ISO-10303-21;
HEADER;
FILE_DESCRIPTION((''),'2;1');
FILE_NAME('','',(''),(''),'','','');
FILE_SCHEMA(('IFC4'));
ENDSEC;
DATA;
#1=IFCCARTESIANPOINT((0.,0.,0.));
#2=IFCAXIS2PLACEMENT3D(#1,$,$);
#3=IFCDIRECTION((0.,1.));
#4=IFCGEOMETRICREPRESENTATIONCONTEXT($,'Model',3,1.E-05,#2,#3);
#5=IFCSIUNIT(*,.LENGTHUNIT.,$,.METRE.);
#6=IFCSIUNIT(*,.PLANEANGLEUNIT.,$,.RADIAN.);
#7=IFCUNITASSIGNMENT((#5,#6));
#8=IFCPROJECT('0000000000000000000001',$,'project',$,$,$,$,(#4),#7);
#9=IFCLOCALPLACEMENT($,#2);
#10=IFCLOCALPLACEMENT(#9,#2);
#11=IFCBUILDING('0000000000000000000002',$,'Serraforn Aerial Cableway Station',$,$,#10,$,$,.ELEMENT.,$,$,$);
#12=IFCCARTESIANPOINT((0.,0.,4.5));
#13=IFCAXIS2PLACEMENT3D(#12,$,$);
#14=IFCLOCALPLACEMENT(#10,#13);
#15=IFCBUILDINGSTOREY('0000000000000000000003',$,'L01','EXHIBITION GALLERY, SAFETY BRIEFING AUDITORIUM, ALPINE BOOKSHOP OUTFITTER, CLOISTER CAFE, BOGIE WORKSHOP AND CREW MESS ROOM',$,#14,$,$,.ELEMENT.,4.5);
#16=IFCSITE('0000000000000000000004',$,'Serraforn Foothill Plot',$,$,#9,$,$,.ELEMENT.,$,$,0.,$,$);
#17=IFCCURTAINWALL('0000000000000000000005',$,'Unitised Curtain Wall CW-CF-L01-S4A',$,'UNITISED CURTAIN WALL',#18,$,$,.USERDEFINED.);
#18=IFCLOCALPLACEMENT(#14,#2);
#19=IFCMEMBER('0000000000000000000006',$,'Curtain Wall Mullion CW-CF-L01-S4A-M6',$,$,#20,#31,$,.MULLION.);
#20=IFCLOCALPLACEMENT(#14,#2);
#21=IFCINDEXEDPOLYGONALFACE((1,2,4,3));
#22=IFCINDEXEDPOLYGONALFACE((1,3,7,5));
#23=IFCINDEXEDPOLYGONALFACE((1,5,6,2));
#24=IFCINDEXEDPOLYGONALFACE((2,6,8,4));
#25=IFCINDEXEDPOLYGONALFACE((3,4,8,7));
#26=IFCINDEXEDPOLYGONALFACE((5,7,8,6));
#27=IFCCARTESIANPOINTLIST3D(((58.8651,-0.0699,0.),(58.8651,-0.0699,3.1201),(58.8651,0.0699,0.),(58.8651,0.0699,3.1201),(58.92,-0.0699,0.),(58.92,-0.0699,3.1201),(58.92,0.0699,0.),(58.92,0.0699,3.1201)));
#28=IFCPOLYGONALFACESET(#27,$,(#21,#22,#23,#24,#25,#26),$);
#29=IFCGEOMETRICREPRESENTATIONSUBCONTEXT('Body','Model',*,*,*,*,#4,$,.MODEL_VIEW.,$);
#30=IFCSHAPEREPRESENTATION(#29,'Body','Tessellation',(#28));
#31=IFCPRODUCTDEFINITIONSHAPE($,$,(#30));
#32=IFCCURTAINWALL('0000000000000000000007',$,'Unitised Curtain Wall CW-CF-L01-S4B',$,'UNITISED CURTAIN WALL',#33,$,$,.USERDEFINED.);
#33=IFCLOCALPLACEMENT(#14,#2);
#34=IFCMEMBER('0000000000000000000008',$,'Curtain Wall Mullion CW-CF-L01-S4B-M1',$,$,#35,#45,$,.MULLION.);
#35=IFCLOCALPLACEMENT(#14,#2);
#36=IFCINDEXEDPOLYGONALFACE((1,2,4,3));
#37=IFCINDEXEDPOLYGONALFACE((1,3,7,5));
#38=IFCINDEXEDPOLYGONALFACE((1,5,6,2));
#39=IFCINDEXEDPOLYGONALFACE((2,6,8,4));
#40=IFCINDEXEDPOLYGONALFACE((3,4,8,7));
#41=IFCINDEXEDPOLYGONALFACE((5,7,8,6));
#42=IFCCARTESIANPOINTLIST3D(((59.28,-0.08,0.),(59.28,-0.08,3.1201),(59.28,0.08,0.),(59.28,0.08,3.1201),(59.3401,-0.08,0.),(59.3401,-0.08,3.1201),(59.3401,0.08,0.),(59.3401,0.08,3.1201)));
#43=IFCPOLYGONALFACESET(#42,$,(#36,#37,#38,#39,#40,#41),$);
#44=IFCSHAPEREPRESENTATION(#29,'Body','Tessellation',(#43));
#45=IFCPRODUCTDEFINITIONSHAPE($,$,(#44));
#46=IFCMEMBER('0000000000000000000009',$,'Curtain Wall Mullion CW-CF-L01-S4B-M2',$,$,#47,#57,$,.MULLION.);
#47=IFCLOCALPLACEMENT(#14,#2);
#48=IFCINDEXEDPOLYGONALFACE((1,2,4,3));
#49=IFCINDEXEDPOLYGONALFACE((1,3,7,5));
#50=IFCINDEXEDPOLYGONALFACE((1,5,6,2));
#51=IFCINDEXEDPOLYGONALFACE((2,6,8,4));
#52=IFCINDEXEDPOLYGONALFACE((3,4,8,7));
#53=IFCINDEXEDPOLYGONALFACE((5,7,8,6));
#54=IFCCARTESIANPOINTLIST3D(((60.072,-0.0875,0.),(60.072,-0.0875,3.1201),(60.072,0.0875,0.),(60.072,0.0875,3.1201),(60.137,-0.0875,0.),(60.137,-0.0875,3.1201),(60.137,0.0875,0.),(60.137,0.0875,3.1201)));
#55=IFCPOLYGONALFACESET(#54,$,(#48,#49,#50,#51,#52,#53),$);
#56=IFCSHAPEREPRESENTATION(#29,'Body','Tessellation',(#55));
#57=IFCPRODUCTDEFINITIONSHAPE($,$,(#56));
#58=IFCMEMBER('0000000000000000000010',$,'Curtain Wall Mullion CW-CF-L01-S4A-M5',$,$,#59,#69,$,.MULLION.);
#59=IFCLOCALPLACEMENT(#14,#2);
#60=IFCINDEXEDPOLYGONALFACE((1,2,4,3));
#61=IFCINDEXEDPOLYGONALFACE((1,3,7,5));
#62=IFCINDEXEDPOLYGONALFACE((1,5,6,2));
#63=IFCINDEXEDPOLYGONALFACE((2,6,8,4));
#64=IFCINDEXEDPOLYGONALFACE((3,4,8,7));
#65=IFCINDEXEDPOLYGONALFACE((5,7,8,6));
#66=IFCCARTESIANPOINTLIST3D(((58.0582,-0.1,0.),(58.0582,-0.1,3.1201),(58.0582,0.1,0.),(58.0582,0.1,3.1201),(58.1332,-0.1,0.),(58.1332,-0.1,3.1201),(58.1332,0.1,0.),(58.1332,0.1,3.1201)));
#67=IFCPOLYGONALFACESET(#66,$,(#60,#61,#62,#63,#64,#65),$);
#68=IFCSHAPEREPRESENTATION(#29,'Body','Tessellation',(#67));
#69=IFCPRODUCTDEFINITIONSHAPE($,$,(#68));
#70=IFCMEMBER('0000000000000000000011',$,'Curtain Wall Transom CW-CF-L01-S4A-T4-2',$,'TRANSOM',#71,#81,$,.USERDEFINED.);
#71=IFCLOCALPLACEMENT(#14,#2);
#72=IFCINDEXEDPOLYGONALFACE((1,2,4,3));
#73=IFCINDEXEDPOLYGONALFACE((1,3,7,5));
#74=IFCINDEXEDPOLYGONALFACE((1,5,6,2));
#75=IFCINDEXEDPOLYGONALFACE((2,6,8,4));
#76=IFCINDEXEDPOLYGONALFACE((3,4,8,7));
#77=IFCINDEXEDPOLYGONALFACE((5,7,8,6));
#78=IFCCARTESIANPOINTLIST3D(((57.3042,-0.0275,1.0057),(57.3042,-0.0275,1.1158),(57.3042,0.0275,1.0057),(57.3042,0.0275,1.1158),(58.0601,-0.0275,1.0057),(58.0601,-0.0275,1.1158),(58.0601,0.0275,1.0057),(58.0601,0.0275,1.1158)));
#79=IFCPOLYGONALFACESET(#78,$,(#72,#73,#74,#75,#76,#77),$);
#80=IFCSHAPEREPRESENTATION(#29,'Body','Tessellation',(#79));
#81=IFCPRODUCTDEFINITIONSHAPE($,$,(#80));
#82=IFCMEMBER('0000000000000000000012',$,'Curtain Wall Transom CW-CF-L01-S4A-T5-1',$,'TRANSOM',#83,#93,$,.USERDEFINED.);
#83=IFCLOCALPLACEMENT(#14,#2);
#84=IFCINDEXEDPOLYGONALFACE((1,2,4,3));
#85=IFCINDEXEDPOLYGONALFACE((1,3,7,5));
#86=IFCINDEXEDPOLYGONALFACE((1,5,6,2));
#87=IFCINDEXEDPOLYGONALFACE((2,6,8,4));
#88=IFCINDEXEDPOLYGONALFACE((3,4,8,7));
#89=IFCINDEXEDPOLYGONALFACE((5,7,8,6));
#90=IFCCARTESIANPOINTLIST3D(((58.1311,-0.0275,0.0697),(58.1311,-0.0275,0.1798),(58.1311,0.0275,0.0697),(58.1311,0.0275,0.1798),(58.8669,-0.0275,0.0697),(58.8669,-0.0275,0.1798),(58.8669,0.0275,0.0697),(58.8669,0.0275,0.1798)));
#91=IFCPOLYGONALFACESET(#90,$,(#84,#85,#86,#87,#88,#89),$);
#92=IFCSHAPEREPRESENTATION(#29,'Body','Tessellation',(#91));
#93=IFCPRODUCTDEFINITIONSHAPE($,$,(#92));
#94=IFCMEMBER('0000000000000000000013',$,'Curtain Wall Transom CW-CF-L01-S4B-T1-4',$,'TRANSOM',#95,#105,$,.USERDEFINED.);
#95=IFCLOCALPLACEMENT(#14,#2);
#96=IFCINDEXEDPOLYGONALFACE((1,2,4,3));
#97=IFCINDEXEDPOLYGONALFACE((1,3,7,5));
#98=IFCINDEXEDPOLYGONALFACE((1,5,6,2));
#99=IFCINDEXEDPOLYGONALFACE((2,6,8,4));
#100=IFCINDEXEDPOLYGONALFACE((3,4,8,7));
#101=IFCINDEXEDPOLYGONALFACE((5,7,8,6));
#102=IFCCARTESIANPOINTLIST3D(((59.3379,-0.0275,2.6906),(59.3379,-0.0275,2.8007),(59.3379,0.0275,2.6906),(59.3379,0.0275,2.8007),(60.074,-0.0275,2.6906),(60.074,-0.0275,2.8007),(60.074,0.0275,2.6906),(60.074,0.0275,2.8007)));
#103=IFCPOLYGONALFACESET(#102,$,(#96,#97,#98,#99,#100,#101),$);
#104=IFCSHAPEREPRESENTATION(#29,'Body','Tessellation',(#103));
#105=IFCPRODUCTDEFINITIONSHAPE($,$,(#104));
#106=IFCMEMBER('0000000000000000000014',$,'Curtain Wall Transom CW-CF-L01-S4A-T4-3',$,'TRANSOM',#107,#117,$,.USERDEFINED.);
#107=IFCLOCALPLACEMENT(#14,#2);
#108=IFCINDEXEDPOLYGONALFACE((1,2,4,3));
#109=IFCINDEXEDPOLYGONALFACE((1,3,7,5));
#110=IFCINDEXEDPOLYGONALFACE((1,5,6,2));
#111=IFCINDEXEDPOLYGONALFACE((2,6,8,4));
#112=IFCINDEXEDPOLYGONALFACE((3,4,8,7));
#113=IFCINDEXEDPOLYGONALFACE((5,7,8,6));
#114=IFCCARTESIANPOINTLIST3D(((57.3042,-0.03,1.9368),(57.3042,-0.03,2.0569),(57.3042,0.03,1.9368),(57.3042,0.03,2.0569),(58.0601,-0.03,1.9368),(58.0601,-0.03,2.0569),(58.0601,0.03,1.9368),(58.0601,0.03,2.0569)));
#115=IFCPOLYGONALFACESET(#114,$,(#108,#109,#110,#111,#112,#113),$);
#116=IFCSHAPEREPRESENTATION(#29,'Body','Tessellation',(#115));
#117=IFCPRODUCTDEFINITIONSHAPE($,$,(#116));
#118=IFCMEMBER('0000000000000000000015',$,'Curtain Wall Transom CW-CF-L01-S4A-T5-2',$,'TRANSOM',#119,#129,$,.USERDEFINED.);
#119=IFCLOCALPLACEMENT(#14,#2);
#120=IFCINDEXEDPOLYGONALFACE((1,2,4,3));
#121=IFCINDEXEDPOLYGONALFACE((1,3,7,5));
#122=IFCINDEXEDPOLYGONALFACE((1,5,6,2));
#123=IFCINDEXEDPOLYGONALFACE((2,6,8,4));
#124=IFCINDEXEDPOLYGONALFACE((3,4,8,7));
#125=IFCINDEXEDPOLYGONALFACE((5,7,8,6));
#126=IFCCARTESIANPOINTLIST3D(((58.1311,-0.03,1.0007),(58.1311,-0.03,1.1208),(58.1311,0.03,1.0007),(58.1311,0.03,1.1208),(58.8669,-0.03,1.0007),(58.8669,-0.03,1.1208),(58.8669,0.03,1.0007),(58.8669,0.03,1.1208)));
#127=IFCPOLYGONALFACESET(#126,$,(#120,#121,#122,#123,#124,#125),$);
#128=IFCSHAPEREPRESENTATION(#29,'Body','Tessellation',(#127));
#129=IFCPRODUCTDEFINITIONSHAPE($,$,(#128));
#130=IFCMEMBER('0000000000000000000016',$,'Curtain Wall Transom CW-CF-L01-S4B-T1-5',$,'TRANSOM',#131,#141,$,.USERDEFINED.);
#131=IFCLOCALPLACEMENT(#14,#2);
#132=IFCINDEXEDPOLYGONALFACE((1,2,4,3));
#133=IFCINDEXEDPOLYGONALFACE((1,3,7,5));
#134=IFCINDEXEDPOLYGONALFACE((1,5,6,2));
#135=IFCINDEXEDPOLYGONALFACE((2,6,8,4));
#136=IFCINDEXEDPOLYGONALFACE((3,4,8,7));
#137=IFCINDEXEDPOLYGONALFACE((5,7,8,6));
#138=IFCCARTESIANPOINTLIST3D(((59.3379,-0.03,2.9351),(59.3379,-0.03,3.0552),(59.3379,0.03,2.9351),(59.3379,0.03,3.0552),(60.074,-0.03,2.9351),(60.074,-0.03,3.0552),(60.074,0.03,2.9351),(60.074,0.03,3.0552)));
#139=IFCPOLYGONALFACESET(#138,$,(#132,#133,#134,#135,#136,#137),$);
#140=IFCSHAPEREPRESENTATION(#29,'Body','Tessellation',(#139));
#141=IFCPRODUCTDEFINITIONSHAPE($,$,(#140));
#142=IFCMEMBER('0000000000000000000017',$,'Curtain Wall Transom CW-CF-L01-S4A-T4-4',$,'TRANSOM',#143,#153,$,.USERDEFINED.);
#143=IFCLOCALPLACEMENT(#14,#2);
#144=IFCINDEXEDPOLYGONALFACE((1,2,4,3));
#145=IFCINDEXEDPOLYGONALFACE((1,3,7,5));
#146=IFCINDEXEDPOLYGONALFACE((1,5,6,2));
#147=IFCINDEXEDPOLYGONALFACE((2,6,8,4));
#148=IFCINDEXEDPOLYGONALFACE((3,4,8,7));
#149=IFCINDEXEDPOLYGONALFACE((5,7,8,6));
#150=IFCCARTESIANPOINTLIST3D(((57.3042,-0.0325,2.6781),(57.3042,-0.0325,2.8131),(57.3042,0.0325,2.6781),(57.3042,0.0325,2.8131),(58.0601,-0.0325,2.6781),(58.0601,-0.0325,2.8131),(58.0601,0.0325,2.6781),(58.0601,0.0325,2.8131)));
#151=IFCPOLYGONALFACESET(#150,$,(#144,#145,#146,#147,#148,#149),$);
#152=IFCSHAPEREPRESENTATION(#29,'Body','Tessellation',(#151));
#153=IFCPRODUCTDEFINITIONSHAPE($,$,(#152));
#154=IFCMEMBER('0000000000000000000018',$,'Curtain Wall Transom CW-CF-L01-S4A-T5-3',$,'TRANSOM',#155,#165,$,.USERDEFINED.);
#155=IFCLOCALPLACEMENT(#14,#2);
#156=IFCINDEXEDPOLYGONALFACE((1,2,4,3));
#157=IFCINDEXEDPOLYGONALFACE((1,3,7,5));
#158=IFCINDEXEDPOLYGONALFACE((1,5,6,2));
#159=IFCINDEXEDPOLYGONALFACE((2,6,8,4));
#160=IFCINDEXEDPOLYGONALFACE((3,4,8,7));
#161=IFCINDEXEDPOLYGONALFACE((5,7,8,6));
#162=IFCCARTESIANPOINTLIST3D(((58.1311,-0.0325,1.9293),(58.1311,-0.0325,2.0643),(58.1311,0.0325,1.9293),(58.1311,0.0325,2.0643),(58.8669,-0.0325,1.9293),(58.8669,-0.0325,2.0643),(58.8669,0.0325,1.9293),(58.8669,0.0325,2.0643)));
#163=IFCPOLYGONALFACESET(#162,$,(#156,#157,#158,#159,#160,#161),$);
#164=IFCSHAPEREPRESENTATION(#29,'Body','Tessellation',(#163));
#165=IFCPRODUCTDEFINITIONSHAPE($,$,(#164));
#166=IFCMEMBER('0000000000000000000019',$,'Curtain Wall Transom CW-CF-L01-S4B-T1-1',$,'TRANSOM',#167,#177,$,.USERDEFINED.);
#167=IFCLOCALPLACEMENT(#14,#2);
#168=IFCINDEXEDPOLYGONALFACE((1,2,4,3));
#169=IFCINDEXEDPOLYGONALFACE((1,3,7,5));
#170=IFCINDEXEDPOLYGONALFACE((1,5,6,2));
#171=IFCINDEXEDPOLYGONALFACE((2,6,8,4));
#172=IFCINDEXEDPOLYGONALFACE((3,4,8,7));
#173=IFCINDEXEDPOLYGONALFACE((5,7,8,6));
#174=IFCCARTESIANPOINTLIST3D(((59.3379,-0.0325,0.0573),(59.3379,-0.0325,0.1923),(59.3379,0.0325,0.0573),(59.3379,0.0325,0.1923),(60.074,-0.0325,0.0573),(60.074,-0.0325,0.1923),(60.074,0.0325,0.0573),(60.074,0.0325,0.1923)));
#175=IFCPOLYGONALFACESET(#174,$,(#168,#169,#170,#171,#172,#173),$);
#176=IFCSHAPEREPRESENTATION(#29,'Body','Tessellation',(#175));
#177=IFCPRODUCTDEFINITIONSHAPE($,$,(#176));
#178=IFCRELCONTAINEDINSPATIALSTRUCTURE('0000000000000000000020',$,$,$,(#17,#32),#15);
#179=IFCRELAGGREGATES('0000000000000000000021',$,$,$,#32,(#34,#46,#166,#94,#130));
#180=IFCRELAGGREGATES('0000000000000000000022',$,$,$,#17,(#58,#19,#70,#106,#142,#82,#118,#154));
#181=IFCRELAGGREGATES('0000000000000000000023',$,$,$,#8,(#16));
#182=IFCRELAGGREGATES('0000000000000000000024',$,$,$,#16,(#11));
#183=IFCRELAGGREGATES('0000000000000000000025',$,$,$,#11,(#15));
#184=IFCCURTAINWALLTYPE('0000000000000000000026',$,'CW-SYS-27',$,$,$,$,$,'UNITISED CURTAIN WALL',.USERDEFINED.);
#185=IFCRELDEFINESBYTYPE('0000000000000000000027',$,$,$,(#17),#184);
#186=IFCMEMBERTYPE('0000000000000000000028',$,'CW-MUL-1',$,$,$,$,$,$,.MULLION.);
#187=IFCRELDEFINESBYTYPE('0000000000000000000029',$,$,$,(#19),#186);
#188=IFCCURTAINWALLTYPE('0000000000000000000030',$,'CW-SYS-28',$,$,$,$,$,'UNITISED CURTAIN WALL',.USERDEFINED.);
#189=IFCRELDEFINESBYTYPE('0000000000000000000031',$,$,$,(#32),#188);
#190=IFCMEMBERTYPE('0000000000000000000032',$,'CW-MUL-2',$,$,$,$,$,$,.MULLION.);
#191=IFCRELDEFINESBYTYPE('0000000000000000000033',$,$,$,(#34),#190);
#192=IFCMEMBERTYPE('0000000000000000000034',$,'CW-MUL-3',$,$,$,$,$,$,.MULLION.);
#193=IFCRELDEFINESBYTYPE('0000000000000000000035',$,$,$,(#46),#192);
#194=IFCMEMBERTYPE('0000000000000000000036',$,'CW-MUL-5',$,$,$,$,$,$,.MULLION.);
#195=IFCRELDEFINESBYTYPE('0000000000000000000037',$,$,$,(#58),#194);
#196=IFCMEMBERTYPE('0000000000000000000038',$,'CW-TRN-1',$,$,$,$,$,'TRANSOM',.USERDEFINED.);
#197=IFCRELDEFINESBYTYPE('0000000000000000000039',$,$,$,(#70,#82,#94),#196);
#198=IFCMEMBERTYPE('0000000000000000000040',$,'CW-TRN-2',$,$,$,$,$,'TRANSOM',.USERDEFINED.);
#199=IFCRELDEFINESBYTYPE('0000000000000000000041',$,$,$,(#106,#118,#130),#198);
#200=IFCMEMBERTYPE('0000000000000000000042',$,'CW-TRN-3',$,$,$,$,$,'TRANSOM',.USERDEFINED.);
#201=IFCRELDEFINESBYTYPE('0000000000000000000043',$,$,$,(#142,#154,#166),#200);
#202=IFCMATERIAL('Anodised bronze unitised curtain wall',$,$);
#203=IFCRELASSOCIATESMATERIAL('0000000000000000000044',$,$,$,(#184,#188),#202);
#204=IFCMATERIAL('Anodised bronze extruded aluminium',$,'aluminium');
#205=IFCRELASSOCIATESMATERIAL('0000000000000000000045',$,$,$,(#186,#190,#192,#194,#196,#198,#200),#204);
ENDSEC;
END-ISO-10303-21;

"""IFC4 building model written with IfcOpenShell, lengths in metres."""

from ifc_helpers import new_model, si_unit, direction, frame, origin, origin_2d, place, context, subcontext, project, spatial, rectangle, extrude, material, material_profile, profile_set, type_object, element, aggregate, save


model = new_model("IFC4")

# Units and contexts
model_context = context("Model", 3, precision=1e-05, world=origin(), true_north=direction((0.0, 1.0)))
body_context = subcontext(model_context, "Body", "Model", "MODEL_VIEW")
ifc_project = project(units=[si_unit("LENGTHUNIT", "METRE"), si_unit("PLANEANGLEUNIT", "RADIAN")], contexts=[model_context])

# Site, building, storey
site_placement = place(None, origin())
site = spatial("IfcSite", under=ifc_project, at=site_placement, Name="Serraforn Foothill Plot", CompositionType="ELEMENT", RefElevation=0.0)
building_placement = place(site_placement, origin())
building = spatial("IfcBuilding", under=site, at=building_placement, Name="Serraforn Aerial Cableway Station", CompositionType="ELEMENT")
storey_placement = place(building_placement, frame((0.0, 0.0, 4.5)))
storey = spatial("IfcBuildingStorey", under=building, at=storey_placement, Name="L01", Description="EXHIBITION GALLERY, SAFETY BRIEFING AUDITORIUM, ALPINE BOOKSHOP OUTFITTER, CLOISTER CAFE, BOGIE WORKSHOP AND CREW MESS ROOM", CompositionType="ELEMENT", Elevation=4.5)

# Curtain wall, member
ifc_material_1 = material(Name="Anodised bronze unitised curtain wall")
curtain_wall_type_1 = type_object("IfcCurtainWallType", Name="CW-SYS-27", ElementType="UNITISED CURTAIN WALL", PredefinedType="USERDEFINED", material=ifc_material_1)
curtain_wall_1_placement = place(storey_placement, origin())
curtain_wall_1 = element("IfcCurtainWall", 1, at=curtain_wall_1_placement, inside=storey, type_object=curtain_wall_type_1, Name="Unitised Curtain Wall CW-CF-L01-S4A", ObjectType="UNITISED CURTAIN WALL", PredefinedType="USERDEFINED")
ifc_material_2 = material(Name="Anodised bronze extruded aluminium", Category="aluminium")
ifc_material_profile_1 = material_profile(ifc_material_2, rectangle(XDim=0.0549, YDim=0.1399, at=origin_2d()), Name="CW MULLION 55x140")
ifc_profile_set_1 = profile_set([ifc_material_profile_1], Name="Anodised bronze extruded aluminium")
member_type_1 = type_object("IfcMemberType", Name="CW-MUL-1", PredefinedType="MULLION", material=ifc_profile_set_1)
member_1_placement = place(storey_placement, frame((58.8926, 0.0, 0.0), z_axis=(0.0, 0.0, 1.0), x_axis=(1.0, 0.0, 0.0)))
member_1 = element("IfcMember", 2, at=member_1_placement, type_object=member_type_1, Name="Curtain Wall Mullion CW-CF-L01-S4A-M6", PredefinedType="MULLION", context=body_context, shape_type="SweptSolid", body=[
    extrude(rectangle(XDim=0.0549, YDim=0.1399, at=origin_2d()), origin(), (0.0, 0.0, 1.0), 3.1201),
])

# Curtain wall, members
curtain_wall_type_2 = type_object("IfcCurtainWallType", Name="CW-SYS-28", ElementType="UNITISED CURTAIN WALL", PredefinedType="USERDEFINED", material=ifc_material_1)
curtain_wall_2_placement = place(storey_placement, origin())
curtain_wall_2 = element("IfcCurtainWall", 3, at=curtain_wall_2_placement, inside=storey, type_object=curtain_wall_type_2, Name="Unitised Curtain Wall CW-CF-L01-S4B", ObjectType="UNITISED CURTAIN WALL", PredefinedType="USERDEFINED")
ifc_material_profile_2 = material_profile(ifc_material_2, rectangle(XDim=0.0601, YDim=0.1599, at=origin_2d()), Name="CW MULLION 60x160")
ifc_profile_set_2 = profile_set([ifc_material_profile_2], Name="Anodised bronze extruded aluminium")
member_type_2 = type_object("IfcMemberType", Name="CW-MUL-2", PredefinedType="MULLION", material=ifc_profile_set_2)
member_2_placement = place(storey_placement, frame((59.3101, 0.0, 0.0), z_axis=(0.0, 0.0, 1.0), x_axis=(1.0, 0.0, 0.0)))
member_2 = element("IfcMember", 4, at=member_2_placement, type_object=member_type_2, Name="Curtain Wall Mullion CW-CF-L01-S4B-M1", PredefinedType="MULLION", context=body_context, shape_type="SweptSolid", body=[
    extrude(rectangle(XDim=0.0601, YDim=0.1599, at=origin_2d()), origin(), (0.0, 0.0, 1.0), 3.1201),
])
ifc_material_profile_3 = material_profile(ifc_material_2, rectangle(XDim=0.0649, YDim=0.175, at=origin_2d()), Name="CW MULLION 65x175")
ifc_profile_set_3 = profile_set([ifc_material_profile_3], Name="Anodised bronze extruded aluminium")
member_type_3 = type_object("IfcMemberType", Name="CW-MUL-3", PredefinedType="MULLION", material=ifc_profile_set_3)
member_3_placement = place(storey_placement, frame((60.1045, 0.0, 0.0), z_axis=(0.0, 0.0, 1.0), x_axis=(1.0, 0.0, 0.0)))
member_3 = element("IfcMember", 5, at=member_3_placement, type_object=member_type_3, Name="Curtain Wall Mullion CW-CF-L01-S4B-M2", PredefinedType="MULLION", context=body_context, shape_type="SweptSolid", body=[
    extrude(rectangle(XDim=0.0649, YDim=0.175, at=origin_2d()), origin(), (0.0, 0.0, 1.0), 3.1201),
])

# Members
ifc_material_profile_4 = material_profile(ifc_material_2, rectangle(XDim=0.075, YDim=0.2, at=origin_2d()), Name="CW MULLION 75x200")
ifc_profile_set_4 = profile_set([ifc_material_profile_4], Name="Anodised bronze extruded aluminium")
member_type_4 = type_object("IfcMemberType", Name="CW-MUL-5", PredefinedType="MULLION", material=ifc_profile_set_4)
member_4_placement = place(storey_placement, frame((58.0957, 0.0, 0.0), z_axis=(0.0, 0.0, 1.0), x_axis=(1.0, 0.0, 0.0)))
member_4 = element("IfcMember", 6, at=member_4_placement, type_object=member_type_4, Name="Curtain Wall Mullion CW-CF-L01-S4A-M5", PredefinedType="MULLION", context=body_context, shape_type="SweptSolid", body=[
    extrude(rectangle(XDim=0.075, YDim=0.2, at=origin_2d()), origin(), (0.0, 0.0, 1.0), 3.1201),
])
ifc_material_profile_5 = material_profile(ifc_material_2, rectangle(XDim=0.0549, YDim=0.1101, at=origin_2d()), Name="CW TRANSOM 55x110")
ifc_profile_set_5 = profile_set([ifc_material_profile_5], Name="Anodised bronze extruded aluminium")
member_type_5 = type_object("IfcMemberType", Name="CW-TRN-1", ElementType="TRANSOM", PredefinedType="USERDEFINED", material=ifc_profile_set_5)
member_5_placement = place(storey_placement, frame((57.3042, 0.0, 1.0608), z_axis=(1.0, 0.0, 0.0), x_axis=(0.0, 1.0, 0.0)))
member_5 = element("IfcMember", 7, at=member_5_placement, type_object=member_type_5, Name="Curtain Wall Transom CW-CF-L01-S4A-T4-2", ObjectType="TRANSOM", PredefinedType="USERDEFINED", context=body_context, shape_type="SweptSolid", body=[
    extrude(rectangle(XDim=0.0549, YDim=0.1101, at=origin_2d()), origin(), (0.0, 0.0, 1.0), 0.7559),
])
member_6_placement = place(storey_placement, frame((58.1311, 0.0, 0.1248), z_axis=(1.0, 0.0, 0.0), x_axis=(0.0, 1.0, 0.0)))
member_6 = element("IfcMember", 8, at=member_6_placement, type_object=member_type_5, Name="Curtain Wall Transom CW-CF-L01-S4A-T5-1", ObjectType="TRANSOM", PredefinedType="USERDEFINED", context=body_context, shape_type="SweptSolid", body=[
    extrude(rectangle(XDim=0.0549, YDim=0.1101, at=origin_2d()), origin(), (0.0, 0.0, 1.0), 0.7358),
])
member_7_placement = place(storey_placement, frame((59.3379, 0.0, 2.7456), z_axis=(1.0, 0.0, 0.0), x_axis=(0.0, 1.0, 0.0)))
member_7 = element("IfcMember", 9, at=member_7_placement, type_object=member_type_5, Name="Curtain Wall Transom CW-CF-L01-S4B-T1-4", ObjectType="TRANSOM", PredefinedType="USERDEFINED", context=body_context, shape_type="SweptSolid", body=[
    extrude(rectangle(XDim=0.0549, YDim=0.1101, at=origin_2d()), origin(), (0.0, 0.0, 1.0), 0.7361),
])
ifc_material_profile_6 = material_profile(ifc_material_2, rectangle(XDim=0.0601, YDim=0.1201, at=origin_2d()), Name="CW TRANSOM 60x120")
ifc_profile_set_6 = profile_set([ifc_material_profile_6], Name="Anodised bronze extruded aluminium")
member_type_6 = type_object("IfcMemberType", Name="CW-TRN-2", ElementType="TRANSOM", PredefinedType="USERDEFINED", material=ifc_profile_set_6)
member_8_placement = place(storey_placement, frame((57.3042, 0.0, 1.9968), z_axis=(1.0, 0.0, 0.0), x_axis=(0.0, 1.0, 0.0)))
member_8 = element("IfcMember", 10, at=member_8_placement, type_object=member_type_6, Name="Curtain Wall Transom CW-CF-L01-S4A-T4-3", ObjectType="TRANSOM", PredefinedType="USERDEFINED", context=body_context, shape_type="SweptSolid", body=[
    extrude(rectangle(XDim=0.0601, YDim=0.1201, at=origin_2d()), origin(), (0.0, 0.0, 1.0), 0.7559),
])
member_9_placement = place(storey_placement, frame((58.1311, 0.0, 1.0608), z_axis=(1.0, 0.0, 0.0), x_axis=(0.0, 1.0, 0.0)))
member_9 = element("IfcMember", 11, at=member_9_placement, type_object=member_type_6, Name="Curtain Wall Transom CW-CF-L01-S4A-T5-2", ObjectType="TRANSOM", PredefinedType="USERDEFINED", context=body_context, shape_type="SweptSolid", body=[
    extrude(rectangle(XDim=0.0601, YDim=0.1201, at=origin_2d()), origin(), (0.0, 0.0, 1.0), 0.7358),
])
member_10_placement = place(storey_placement, frame((59.3379, 0.0, 2.9951), z_axis=(1.0, 0.0, 0.0), x_axis=(0.0, 1.0, 0.0)))
member_10 = element("IfcMember", 12, at=member_10_placement, type_object=member_type_6, Name="Curtain Wall Transom CW-CF-L01-S4B-T1-5", ObjectType="TRANSOM", PredefinedType="USERDEFINED", context=body_context, shape_type="SweptSolid", body=[
    extrude(rectangle(XDim=0.0601, YDim=0.1201, at=origin_2d()), origin(), (0.0, 0.0, 1.0), 0.7361),
])
ifc_material_profile_7 = material_profile(ifc_material_2, rectangle(XDim=0.0649, YDim=0.135, at=origin_2d()), Name="CW TRANSOM 65x135")
ifc_profile_set_7 = profile_set([ifc_material_profile_7], Name="Anodised bronze extruded aluminium")
member_type_7 = type_object("IfcMemberType", Name="CW-TRN-3", ElementType="TRANSOM", PredefinedType="USERDEFINED", material=ifc_profile_set_7)
member_11_placement = place(storey_placement, frame((57.3042, 0.0, 2.7456), z_axis=(1.0, 0.0, 0.0), x_axis=(0.0, 1.0, 0.0)))
member_11 = element("IfcMember", 13, at=member_11_placement, type_object=member_type_7, Name="Curtain Wall Transom CW-CF-L01-S4A-T4-4", ObjectType="TRANSOM", PredefinedType="USERDEFINED", context=body_context, shape_type="SweptSolid", body=[
    extrude(rectangle(XDim=0.0649, YDim=0.135, at=origin_2d()), origin(), (0.0, 0.0, 1.0), 0.7559),
])
member_12_placement = place(storey_placement, frame((58.1311, 0.0, 1.9968), z_axis=(1.0, 0.0, 0.0), x_axis=(0.0, 1.0, 0.0)))
member_12 = element("IfcMember", 14, at=member_12_placement, type_object=member_type_7, Name="Curtain Wall Transom CW-CF-L01-S4A-T5-3", ObjectType="TRANSOM", PredefinedType="USERDEFINED", context=body_context, shape_type="SweptSolid", body=[
    extrude(rectangle(XDim=0.0649, YDim=0.135, at=origin_2d()), origin(), (0.0, 0.0, 1.0), 0.7358),
])
member_13_placement = place(storey_placement, frame((59.3379, 0.0, 0.1248), z_axis=(1.0, 0.0, 0.0), x_axis=(0.0, 1.0, 0.0)))
member_13 = element("IfcMember", 15, at=member_13_placement, type_object=member_type_7, Name="Curtain Wall Transom CW-CF-L01-S4B-T1-1", ObjectType="TRANSOM", PredefinedType="USERDEFINED", context=body_context, shape_type="SweptSolid", body=[
    extrude(rectangle(XDim=0.0649, YDim=0.135, at=origin_2d()), origin(), (0.0, 0.0, 1.0), 0.7361),
])

aggregate(curtain_wall_2, [member_2, member_3, member_13, member_7, member_10])
aggregate(curtain_wall_1, [member_4, member_1, member_5, member_8, member_11, member_6, member_9, member_12])

save(model, "model.ifc")
